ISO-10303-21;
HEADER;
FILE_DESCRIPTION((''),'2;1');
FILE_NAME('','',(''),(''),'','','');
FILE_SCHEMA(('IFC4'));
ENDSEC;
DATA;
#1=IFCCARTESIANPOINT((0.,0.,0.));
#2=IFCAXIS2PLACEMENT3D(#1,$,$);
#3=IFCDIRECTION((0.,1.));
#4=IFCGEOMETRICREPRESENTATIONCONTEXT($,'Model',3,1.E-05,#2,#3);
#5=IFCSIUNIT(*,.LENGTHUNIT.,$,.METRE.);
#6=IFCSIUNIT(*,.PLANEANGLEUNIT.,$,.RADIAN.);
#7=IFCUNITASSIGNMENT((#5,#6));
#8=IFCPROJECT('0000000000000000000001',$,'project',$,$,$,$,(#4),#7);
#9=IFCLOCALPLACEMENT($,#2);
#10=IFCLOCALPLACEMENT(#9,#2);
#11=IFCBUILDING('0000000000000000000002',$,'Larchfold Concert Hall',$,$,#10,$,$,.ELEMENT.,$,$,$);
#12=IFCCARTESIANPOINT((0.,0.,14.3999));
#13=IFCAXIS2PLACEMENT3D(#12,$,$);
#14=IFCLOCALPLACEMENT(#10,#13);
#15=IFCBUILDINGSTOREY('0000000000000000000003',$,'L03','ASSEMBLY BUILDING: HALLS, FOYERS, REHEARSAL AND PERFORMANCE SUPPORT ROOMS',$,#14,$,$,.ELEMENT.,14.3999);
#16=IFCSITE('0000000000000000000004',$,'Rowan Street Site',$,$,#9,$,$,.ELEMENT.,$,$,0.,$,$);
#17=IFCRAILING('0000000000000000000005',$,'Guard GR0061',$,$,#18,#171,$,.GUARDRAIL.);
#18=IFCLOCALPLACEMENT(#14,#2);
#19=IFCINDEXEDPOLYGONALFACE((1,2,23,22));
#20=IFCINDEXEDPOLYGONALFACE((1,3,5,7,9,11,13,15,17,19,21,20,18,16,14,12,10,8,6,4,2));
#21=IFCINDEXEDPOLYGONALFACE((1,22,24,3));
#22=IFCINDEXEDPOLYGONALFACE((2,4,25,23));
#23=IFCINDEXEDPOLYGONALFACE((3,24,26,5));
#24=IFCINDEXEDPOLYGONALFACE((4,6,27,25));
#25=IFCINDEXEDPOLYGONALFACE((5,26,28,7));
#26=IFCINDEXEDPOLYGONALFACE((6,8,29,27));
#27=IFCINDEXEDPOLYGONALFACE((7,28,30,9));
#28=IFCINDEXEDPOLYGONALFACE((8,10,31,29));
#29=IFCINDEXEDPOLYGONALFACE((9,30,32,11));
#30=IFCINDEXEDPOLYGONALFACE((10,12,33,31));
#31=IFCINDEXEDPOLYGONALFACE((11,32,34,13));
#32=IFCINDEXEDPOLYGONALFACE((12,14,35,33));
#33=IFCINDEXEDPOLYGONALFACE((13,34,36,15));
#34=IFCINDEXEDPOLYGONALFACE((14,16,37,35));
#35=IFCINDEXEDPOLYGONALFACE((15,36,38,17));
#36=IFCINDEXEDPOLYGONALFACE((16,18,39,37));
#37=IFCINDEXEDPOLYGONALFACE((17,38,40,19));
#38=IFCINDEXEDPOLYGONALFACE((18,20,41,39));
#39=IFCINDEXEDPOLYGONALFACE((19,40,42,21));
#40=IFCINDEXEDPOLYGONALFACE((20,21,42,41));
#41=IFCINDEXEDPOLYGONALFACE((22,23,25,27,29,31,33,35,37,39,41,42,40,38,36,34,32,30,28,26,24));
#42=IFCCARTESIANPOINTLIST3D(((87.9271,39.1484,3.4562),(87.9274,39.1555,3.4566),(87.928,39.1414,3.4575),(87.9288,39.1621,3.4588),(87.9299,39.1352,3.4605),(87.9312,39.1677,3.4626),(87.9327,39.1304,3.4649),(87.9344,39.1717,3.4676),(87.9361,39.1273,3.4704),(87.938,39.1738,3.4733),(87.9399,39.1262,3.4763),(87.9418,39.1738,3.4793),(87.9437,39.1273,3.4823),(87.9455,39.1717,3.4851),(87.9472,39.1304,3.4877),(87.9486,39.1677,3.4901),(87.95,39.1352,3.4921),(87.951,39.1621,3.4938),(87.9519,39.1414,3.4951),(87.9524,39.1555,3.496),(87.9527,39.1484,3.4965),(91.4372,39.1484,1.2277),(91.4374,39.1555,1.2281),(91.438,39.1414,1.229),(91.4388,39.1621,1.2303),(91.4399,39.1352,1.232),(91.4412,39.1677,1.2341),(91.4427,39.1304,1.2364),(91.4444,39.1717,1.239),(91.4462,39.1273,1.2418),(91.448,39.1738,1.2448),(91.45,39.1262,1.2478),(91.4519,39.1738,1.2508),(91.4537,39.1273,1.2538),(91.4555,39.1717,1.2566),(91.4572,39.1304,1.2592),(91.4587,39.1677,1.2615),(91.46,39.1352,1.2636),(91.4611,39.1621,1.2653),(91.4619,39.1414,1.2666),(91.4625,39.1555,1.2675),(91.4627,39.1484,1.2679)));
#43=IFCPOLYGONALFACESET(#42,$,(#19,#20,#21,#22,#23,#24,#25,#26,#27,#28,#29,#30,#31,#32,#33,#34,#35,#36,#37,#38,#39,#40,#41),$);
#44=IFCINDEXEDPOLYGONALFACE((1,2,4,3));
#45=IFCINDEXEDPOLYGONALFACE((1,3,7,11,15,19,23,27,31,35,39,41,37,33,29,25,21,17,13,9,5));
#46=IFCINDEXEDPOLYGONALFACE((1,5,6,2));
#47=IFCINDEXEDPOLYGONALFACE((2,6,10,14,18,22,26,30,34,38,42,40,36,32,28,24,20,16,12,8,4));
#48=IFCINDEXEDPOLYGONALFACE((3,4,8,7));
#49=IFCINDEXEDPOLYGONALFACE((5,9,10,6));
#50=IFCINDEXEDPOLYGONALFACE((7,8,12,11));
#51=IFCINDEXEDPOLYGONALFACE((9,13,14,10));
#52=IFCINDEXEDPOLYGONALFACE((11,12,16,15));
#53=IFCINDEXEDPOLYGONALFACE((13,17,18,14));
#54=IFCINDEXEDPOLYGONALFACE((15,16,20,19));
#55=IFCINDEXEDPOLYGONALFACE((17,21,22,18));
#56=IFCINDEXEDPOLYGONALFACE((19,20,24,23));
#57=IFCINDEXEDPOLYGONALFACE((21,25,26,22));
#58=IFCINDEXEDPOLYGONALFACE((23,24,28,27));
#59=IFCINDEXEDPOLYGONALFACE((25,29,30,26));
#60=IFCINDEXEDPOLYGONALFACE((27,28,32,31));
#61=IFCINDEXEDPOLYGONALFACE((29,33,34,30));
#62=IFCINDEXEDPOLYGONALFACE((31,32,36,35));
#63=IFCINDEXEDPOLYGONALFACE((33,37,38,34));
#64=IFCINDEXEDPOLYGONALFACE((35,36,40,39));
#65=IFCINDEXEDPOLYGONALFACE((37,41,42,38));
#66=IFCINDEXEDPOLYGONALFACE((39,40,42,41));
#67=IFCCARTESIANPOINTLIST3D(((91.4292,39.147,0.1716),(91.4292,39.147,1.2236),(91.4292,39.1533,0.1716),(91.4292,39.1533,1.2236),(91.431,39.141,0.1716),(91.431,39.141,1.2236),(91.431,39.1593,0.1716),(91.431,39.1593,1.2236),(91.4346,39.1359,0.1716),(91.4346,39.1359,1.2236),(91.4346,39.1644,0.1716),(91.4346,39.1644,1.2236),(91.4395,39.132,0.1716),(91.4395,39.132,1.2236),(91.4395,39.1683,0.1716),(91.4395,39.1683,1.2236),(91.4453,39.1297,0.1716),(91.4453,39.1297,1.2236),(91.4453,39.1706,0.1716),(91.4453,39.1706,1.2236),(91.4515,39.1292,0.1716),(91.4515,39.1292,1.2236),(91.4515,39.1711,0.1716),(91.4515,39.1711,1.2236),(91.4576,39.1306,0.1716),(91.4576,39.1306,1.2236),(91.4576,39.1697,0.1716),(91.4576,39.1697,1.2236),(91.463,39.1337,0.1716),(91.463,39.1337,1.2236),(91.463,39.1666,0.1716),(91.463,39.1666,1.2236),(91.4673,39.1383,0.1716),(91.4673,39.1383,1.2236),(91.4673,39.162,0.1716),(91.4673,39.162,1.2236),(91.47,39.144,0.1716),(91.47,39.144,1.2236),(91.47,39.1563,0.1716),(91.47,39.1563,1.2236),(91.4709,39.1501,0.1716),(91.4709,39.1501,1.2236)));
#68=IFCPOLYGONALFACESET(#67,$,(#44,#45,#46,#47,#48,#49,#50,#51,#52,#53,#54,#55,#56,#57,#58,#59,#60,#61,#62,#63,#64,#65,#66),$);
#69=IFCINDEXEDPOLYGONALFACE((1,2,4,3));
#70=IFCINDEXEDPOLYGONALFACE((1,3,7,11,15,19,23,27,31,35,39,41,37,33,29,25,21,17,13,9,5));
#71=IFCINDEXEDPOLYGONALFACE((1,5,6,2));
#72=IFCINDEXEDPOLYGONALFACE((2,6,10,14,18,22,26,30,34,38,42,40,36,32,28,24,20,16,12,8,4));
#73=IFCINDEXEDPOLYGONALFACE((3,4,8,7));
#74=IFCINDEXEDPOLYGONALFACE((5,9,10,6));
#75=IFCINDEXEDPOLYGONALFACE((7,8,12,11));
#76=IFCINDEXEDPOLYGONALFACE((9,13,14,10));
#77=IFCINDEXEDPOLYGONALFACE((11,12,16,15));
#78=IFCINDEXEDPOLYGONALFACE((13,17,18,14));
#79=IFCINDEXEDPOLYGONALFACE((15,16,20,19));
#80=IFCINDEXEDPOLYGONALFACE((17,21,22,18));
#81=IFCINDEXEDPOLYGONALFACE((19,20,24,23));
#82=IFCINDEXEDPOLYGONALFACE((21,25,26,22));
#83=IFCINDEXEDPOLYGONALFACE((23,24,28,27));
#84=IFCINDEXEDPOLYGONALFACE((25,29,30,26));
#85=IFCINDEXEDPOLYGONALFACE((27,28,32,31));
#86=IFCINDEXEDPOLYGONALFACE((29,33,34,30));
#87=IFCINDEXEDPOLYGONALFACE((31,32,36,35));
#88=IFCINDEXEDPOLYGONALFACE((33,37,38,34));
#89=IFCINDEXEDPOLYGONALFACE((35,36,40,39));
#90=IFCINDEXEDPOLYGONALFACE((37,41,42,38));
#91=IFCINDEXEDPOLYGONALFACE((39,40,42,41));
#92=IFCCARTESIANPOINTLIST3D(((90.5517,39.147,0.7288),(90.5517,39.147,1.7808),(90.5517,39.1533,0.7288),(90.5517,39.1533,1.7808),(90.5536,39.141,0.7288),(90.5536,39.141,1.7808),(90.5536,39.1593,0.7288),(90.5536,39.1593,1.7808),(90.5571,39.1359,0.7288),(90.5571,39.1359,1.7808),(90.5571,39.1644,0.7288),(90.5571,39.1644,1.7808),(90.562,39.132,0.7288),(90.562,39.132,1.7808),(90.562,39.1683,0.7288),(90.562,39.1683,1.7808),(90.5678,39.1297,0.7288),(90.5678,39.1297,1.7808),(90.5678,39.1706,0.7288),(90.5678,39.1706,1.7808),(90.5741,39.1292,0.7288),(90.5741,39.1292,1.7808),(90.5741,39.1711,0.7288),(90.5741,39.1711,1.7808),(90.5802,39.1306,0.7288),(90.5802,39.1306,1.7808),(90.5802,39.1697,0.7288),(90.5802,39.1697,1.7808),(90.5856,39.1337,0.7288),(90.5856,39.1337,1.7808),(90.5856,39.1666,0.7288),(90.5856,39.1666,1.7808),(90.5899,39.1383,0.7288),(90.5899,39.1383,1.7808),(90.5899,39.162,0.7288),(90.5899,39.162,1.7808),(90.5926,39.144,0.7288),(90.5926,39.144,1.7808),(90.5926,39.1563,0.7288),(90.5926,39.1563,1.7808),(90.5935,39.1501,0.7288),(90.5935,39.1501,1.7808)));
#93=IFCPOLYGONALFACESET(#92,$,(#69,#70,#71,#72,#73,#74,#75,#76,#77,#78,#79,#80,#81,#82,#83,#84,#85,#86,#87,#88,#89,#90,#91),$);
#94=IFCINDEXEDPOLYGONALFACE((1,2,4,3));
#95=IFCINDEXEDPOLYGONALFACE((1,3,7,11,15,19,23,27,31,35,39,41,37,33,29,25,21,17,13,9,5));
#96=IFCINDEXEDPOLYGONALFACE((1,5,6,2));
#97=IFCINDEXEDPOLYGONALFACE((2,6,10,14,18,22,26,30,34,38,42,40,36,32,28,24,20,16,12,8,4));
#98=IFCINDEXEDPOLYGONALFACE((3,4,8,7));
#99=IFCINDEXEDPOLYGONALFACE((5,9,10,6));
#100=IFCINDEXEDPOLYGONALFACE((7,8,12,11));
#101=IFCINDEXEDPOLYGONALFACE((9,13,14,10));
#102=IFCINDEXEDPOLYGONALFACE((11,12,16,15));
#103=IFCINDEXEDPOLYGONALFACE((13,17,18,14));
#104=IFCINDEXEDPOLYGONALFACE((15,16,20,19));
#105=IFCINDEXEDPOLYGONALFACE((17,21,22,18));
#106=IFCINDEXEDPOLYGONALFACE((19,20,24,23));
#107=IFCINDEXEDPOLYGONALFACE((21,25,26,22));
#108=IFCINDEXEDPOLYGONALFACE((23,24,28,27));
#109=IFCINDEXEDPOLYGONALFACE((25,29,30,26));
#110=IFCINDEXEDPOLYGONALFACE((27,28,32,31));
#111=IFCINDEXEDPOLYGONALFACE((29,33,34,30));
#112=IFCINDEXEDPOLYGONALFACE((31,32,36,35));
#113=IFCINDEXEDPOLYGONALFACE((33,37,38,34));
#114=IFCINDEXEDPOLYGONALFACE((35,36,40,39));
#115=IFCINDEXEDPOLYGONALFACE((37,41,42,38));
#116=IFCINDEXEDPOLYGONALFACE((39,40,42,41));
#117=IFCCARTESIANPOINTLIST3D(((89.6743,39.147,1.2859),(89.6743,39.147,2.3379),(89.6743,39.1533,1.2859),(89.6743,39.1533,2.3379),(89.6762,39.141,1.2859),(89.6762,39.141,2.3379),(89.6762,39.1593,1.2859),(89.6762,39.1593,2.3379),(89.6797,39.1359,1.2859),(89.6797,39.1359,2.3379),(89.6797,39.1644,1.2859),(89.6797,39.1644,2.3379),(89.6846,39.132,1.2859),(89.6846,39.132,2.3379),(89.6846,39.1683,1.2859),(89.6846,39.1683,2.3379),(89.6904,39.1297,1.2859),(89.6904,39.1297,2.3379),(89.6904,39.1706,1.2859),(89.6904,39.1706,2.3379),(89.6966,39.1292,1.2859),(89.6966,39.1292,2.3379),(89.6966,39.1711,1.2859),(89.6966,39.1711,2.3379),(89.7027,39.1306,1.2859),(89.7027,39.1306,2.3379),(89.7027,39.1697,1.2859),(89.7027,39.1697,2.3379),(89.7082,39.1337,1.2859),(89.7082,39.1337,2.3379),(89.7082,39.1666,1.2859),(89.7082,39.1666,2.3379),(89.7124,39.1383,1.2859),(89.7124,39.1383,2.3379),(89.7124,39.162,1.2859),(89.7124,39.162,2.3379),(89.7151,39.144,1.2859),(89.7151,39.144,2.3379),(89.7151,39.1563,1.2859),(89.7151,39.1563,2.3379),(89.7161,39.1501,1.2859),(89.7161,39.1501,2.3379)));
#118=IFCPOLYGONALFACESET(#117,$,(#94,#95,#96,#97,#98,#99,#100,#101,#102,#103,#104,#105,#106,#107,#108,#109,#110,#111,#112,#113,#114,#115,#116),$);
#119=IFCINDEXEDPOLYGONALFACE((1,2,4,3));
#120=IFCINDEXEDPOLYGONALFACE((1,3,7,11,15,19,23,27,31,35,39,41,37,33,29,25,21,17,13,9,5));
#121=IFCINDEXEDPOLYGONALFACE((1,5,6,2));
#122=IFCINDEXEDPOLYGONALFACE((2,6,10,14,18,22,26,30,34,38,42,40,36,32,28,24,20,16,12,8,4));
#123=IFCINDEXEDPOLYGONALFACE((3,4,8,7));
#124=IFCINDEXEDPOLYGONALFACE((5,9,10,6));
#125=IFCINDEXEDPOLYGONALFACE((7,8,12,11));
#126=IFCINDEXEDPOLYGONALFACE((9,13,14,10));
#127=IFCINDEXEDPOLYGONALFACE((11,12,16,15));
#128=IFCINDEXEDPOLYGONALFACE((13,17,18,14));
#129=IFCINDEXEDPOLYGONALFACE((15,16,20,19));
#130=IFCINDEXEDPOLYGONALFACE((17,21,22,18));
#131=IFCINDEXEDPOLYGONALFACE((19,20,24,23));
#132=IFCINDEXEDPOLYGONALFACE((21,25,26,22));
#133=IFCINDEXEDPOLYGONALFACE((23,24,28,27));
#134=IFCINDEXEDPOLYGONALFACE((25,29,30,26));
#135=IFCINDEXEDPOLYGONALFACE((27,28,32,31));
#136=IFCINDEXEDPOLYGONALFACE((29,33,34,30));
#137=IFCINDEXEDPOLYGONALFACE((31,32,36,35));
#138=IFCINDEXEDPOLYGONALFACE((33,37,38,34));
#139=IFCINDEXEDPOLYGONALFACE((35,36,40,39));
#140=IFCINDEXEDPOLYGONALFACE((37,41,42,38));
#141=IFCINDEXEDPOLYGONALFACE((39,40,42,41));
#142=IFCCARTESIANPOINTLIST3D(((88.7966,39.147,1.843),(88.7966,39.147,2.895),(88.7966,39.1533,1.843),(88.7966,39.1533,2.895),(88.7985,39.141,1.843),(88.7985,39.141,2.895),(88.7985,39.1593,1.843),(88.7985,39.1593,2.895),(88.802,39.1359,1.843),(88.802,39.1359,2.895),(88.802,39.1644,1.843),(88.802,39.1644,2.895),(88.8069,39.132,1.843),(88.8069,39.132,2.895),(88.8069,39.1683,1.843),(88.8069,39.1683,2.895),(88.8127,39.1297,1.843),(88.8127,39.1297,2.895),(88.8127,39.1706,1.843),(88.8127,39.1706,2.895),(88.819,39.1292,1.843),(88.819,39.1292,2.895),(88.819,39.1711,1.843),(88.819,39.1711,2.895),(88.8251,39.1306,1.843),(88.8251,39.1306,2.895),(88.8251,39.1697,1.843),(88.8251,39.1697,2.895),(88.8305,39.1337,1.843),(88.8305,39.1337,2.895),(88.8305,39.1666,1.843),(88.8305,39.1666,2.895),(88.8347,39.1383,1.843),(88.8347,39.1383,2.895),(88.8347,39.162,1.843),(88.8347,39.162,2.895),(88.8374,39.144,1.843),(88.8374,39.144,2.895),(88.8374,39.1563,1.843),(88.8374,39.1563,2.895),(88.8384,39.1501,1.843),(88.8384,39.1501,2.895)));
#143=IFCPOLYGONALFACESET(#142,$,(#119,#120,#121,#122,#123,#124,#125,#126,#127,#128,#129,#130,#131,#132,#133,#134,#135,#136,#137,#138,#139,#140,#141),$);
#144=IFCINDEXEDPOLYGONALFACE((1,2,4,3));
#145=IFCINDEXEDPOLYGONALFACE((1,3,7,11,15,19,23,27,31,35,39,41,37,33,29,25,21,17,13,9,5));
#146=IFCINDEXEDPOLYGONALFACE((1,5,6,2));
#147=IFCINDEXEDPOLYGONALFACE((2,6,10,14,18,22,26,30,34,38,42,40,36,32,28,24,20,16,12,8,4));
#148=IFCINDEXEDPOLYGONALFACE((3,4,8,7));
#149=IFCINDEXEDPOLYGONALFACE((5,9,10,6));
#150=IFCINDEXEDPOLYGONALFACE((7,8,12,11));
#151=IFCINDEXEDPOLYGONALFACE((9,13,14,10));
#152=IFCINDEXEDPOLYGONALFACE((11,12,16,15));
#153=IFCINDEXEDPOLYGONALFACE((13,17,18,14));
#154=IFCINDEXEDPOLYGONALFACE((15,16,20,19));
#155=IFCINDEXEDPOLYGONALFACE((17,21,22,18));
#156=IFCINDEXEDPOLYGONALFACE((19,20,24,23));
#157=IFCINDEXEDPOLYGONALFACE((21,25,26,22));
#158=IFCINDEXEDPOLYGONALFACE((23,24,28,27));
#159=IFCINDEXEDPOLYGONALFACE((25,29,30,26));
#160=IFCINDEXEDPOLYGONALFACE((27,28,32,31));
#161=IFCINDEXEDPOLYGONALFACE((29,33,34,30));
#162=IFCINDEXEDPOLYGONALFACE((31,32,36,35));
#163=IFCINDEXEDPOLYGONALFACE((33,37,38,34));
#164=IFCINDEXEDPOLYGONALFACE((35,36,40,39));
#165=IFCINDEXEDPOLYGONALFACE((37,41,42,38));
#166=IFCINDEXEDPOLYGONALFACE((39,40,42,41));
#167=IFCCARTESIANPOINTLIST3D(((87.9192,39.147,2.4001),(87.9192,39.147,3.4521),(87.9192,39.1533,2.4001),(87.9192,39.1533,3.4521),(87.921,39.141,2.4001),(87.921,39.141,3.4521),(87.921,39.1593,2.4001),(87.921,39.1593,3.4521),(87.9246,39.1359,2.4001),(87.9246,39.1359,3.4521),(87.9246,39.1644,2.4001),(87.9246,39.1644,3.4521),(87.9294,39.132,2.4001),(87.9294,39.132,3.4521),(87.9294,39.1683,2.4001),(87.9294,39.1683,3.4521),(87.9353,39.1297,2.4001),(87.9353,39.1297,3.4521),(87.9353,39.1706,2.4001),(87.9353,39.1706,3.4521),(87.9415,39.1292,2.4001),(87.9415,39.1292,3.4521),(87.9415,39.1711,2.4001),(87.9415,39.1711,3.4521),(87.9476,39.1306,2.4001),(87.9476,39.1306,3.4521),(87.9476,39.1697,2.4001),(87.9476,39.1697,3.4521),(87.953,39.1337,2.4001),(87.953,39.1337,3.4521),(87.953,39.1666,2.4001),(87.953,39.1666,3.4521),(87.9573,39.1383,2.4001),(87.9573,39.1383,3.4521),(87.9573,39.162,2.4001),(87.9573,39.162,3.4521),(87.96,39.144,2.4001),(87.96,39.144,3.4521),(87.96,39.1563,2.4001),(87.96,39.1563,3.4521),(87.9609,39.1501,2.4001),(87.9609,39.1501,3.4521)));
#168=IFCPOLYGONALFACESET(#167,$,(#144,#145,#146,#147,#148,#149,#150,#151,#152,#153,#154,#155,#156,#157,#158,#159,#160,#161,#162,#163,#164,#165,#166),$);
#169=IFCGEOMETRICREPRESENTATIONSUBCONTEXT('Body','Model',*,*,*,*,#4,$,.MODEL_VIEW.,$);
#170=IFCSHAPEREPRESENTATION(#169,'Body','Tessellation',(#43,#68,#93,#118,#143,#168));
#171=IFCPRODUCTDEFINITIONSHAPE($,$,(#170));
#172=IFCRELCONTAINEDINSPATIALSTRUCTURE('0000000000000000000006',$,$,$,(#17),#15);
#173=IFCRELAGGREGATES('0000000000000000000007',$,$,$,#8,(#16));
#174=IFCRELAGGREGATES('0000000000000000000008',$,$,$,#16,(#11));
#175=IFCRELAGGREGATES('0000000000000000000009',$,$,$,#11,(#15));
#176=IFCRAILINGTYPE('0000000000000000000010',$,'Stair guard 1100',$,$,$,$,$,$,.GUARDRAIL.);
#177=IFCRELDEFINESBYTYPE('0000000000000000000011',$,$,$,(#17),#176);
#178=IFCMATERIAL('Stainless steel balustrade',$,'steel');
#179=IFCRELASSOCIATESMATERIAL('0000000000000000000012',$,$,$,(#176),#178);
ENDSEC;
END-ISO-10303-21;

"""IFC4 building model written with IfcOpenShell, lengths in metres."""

from ifc_helpers import new_model, si_unit, direction, frame, origin, origin_2d, place, context, subcontext, project, spatial, circle, extrude, material, type_object, element, save


model = new_model("IFC4")

# Units and contexts
model_context = context("Model", 3, precision=1e-05, world=origin(), true_north=direction((0.0, 1.0)))
body_context = subcontext(model_context, "Body", "Model", "MODEL_VIEW")
ifc_project = project(units=[si_unit("LENGTHUNIT", "METRE"), si_unit("PLANEANGLEUNIT", "RADIAN")], contexts=[model_context])

# Site, building, storey
site_placement = place(None, origin())
site = spatial("IfcSite", under=ifc_project, at=site_placement, Name="Rowan Street Site", CompositionType="ELEMENT", RefElevation=0.0)
building_placement = place(site_placement, origin())
building = spatial("IfcBuilding", under=site, at=building_placement, Name="Larchfold Concert Hall", CompositionType="ELEMENT")
storey_placement = place(building_placement, frame((0.0, 0.0, 14.3999)))
storey = spatial("IfcBuildingStorey", under=building, at=storey_placement, Name="L03", Description="ASSEMBLY BUILDING: HALLS, FOYERS, REHEARSAL AND PERFORMANCE SUPPORT ROOMS", CompositionType="ELEMENT", Elevation=14.3999)

# Railing
ifc_material_1 = material(Name="Stainless steel balustrade", Category="steel")
railing_type_1 = type_object("IfcRailingType", Name="Stair guard 1100", PredefinedType="GUARDRAIL", material=ifc_material_1)
railing_1_placement = place(storey_placement, frame((91.45, 39.1501, 0.1716)))
element("IfcRailing", 1, at=railing_1_placement, inside=storey, type_object=railing_type_1, Name="Guard GR0061", PredefinedType="GUARDRAIL", context=body_context, shape_type="SweptSolid", body=[
    extrude(circle(Radius=0.0239, at=origin_2d()), frame((0.0, 0.0, 1.0762), z_axis=(-0.84422, 0.0, 0.535998), x_axis=(0.0, -1.0, 0.0)), (0.0, 0.0, 1.0), 4.1577),
    extrude(circle(Radius=0.021, at=origin_2d()), origin(), (0.0, 0.0, 1.0), 1.052),
    extrude(circle(Radius=0.021, at=origin_2d()), frame((-0.8774, 0.0, 0.5571)), (0.0, 0.0, 1.0), 1.052),
    extrude(circle(Radius=0.021, at=origin_2d()), frame((-1.7549, 0.0, 1.1143)), (0.0, 0.0, 1.0), 1.052),
    extrude(circle(Radius=0.021, at=origin_2d()), frame((-2.6326, 0.0, 1.6714)), (0.0, 0.0, 1.0), 1.052),
    extrude(circle(Radius=0.021, at=origin_2d()), frame((-3.51, 0.0, 2.2285)), (0.0, 0.0, 1.0), 1.052),
])

save(model, "model.ifc")
